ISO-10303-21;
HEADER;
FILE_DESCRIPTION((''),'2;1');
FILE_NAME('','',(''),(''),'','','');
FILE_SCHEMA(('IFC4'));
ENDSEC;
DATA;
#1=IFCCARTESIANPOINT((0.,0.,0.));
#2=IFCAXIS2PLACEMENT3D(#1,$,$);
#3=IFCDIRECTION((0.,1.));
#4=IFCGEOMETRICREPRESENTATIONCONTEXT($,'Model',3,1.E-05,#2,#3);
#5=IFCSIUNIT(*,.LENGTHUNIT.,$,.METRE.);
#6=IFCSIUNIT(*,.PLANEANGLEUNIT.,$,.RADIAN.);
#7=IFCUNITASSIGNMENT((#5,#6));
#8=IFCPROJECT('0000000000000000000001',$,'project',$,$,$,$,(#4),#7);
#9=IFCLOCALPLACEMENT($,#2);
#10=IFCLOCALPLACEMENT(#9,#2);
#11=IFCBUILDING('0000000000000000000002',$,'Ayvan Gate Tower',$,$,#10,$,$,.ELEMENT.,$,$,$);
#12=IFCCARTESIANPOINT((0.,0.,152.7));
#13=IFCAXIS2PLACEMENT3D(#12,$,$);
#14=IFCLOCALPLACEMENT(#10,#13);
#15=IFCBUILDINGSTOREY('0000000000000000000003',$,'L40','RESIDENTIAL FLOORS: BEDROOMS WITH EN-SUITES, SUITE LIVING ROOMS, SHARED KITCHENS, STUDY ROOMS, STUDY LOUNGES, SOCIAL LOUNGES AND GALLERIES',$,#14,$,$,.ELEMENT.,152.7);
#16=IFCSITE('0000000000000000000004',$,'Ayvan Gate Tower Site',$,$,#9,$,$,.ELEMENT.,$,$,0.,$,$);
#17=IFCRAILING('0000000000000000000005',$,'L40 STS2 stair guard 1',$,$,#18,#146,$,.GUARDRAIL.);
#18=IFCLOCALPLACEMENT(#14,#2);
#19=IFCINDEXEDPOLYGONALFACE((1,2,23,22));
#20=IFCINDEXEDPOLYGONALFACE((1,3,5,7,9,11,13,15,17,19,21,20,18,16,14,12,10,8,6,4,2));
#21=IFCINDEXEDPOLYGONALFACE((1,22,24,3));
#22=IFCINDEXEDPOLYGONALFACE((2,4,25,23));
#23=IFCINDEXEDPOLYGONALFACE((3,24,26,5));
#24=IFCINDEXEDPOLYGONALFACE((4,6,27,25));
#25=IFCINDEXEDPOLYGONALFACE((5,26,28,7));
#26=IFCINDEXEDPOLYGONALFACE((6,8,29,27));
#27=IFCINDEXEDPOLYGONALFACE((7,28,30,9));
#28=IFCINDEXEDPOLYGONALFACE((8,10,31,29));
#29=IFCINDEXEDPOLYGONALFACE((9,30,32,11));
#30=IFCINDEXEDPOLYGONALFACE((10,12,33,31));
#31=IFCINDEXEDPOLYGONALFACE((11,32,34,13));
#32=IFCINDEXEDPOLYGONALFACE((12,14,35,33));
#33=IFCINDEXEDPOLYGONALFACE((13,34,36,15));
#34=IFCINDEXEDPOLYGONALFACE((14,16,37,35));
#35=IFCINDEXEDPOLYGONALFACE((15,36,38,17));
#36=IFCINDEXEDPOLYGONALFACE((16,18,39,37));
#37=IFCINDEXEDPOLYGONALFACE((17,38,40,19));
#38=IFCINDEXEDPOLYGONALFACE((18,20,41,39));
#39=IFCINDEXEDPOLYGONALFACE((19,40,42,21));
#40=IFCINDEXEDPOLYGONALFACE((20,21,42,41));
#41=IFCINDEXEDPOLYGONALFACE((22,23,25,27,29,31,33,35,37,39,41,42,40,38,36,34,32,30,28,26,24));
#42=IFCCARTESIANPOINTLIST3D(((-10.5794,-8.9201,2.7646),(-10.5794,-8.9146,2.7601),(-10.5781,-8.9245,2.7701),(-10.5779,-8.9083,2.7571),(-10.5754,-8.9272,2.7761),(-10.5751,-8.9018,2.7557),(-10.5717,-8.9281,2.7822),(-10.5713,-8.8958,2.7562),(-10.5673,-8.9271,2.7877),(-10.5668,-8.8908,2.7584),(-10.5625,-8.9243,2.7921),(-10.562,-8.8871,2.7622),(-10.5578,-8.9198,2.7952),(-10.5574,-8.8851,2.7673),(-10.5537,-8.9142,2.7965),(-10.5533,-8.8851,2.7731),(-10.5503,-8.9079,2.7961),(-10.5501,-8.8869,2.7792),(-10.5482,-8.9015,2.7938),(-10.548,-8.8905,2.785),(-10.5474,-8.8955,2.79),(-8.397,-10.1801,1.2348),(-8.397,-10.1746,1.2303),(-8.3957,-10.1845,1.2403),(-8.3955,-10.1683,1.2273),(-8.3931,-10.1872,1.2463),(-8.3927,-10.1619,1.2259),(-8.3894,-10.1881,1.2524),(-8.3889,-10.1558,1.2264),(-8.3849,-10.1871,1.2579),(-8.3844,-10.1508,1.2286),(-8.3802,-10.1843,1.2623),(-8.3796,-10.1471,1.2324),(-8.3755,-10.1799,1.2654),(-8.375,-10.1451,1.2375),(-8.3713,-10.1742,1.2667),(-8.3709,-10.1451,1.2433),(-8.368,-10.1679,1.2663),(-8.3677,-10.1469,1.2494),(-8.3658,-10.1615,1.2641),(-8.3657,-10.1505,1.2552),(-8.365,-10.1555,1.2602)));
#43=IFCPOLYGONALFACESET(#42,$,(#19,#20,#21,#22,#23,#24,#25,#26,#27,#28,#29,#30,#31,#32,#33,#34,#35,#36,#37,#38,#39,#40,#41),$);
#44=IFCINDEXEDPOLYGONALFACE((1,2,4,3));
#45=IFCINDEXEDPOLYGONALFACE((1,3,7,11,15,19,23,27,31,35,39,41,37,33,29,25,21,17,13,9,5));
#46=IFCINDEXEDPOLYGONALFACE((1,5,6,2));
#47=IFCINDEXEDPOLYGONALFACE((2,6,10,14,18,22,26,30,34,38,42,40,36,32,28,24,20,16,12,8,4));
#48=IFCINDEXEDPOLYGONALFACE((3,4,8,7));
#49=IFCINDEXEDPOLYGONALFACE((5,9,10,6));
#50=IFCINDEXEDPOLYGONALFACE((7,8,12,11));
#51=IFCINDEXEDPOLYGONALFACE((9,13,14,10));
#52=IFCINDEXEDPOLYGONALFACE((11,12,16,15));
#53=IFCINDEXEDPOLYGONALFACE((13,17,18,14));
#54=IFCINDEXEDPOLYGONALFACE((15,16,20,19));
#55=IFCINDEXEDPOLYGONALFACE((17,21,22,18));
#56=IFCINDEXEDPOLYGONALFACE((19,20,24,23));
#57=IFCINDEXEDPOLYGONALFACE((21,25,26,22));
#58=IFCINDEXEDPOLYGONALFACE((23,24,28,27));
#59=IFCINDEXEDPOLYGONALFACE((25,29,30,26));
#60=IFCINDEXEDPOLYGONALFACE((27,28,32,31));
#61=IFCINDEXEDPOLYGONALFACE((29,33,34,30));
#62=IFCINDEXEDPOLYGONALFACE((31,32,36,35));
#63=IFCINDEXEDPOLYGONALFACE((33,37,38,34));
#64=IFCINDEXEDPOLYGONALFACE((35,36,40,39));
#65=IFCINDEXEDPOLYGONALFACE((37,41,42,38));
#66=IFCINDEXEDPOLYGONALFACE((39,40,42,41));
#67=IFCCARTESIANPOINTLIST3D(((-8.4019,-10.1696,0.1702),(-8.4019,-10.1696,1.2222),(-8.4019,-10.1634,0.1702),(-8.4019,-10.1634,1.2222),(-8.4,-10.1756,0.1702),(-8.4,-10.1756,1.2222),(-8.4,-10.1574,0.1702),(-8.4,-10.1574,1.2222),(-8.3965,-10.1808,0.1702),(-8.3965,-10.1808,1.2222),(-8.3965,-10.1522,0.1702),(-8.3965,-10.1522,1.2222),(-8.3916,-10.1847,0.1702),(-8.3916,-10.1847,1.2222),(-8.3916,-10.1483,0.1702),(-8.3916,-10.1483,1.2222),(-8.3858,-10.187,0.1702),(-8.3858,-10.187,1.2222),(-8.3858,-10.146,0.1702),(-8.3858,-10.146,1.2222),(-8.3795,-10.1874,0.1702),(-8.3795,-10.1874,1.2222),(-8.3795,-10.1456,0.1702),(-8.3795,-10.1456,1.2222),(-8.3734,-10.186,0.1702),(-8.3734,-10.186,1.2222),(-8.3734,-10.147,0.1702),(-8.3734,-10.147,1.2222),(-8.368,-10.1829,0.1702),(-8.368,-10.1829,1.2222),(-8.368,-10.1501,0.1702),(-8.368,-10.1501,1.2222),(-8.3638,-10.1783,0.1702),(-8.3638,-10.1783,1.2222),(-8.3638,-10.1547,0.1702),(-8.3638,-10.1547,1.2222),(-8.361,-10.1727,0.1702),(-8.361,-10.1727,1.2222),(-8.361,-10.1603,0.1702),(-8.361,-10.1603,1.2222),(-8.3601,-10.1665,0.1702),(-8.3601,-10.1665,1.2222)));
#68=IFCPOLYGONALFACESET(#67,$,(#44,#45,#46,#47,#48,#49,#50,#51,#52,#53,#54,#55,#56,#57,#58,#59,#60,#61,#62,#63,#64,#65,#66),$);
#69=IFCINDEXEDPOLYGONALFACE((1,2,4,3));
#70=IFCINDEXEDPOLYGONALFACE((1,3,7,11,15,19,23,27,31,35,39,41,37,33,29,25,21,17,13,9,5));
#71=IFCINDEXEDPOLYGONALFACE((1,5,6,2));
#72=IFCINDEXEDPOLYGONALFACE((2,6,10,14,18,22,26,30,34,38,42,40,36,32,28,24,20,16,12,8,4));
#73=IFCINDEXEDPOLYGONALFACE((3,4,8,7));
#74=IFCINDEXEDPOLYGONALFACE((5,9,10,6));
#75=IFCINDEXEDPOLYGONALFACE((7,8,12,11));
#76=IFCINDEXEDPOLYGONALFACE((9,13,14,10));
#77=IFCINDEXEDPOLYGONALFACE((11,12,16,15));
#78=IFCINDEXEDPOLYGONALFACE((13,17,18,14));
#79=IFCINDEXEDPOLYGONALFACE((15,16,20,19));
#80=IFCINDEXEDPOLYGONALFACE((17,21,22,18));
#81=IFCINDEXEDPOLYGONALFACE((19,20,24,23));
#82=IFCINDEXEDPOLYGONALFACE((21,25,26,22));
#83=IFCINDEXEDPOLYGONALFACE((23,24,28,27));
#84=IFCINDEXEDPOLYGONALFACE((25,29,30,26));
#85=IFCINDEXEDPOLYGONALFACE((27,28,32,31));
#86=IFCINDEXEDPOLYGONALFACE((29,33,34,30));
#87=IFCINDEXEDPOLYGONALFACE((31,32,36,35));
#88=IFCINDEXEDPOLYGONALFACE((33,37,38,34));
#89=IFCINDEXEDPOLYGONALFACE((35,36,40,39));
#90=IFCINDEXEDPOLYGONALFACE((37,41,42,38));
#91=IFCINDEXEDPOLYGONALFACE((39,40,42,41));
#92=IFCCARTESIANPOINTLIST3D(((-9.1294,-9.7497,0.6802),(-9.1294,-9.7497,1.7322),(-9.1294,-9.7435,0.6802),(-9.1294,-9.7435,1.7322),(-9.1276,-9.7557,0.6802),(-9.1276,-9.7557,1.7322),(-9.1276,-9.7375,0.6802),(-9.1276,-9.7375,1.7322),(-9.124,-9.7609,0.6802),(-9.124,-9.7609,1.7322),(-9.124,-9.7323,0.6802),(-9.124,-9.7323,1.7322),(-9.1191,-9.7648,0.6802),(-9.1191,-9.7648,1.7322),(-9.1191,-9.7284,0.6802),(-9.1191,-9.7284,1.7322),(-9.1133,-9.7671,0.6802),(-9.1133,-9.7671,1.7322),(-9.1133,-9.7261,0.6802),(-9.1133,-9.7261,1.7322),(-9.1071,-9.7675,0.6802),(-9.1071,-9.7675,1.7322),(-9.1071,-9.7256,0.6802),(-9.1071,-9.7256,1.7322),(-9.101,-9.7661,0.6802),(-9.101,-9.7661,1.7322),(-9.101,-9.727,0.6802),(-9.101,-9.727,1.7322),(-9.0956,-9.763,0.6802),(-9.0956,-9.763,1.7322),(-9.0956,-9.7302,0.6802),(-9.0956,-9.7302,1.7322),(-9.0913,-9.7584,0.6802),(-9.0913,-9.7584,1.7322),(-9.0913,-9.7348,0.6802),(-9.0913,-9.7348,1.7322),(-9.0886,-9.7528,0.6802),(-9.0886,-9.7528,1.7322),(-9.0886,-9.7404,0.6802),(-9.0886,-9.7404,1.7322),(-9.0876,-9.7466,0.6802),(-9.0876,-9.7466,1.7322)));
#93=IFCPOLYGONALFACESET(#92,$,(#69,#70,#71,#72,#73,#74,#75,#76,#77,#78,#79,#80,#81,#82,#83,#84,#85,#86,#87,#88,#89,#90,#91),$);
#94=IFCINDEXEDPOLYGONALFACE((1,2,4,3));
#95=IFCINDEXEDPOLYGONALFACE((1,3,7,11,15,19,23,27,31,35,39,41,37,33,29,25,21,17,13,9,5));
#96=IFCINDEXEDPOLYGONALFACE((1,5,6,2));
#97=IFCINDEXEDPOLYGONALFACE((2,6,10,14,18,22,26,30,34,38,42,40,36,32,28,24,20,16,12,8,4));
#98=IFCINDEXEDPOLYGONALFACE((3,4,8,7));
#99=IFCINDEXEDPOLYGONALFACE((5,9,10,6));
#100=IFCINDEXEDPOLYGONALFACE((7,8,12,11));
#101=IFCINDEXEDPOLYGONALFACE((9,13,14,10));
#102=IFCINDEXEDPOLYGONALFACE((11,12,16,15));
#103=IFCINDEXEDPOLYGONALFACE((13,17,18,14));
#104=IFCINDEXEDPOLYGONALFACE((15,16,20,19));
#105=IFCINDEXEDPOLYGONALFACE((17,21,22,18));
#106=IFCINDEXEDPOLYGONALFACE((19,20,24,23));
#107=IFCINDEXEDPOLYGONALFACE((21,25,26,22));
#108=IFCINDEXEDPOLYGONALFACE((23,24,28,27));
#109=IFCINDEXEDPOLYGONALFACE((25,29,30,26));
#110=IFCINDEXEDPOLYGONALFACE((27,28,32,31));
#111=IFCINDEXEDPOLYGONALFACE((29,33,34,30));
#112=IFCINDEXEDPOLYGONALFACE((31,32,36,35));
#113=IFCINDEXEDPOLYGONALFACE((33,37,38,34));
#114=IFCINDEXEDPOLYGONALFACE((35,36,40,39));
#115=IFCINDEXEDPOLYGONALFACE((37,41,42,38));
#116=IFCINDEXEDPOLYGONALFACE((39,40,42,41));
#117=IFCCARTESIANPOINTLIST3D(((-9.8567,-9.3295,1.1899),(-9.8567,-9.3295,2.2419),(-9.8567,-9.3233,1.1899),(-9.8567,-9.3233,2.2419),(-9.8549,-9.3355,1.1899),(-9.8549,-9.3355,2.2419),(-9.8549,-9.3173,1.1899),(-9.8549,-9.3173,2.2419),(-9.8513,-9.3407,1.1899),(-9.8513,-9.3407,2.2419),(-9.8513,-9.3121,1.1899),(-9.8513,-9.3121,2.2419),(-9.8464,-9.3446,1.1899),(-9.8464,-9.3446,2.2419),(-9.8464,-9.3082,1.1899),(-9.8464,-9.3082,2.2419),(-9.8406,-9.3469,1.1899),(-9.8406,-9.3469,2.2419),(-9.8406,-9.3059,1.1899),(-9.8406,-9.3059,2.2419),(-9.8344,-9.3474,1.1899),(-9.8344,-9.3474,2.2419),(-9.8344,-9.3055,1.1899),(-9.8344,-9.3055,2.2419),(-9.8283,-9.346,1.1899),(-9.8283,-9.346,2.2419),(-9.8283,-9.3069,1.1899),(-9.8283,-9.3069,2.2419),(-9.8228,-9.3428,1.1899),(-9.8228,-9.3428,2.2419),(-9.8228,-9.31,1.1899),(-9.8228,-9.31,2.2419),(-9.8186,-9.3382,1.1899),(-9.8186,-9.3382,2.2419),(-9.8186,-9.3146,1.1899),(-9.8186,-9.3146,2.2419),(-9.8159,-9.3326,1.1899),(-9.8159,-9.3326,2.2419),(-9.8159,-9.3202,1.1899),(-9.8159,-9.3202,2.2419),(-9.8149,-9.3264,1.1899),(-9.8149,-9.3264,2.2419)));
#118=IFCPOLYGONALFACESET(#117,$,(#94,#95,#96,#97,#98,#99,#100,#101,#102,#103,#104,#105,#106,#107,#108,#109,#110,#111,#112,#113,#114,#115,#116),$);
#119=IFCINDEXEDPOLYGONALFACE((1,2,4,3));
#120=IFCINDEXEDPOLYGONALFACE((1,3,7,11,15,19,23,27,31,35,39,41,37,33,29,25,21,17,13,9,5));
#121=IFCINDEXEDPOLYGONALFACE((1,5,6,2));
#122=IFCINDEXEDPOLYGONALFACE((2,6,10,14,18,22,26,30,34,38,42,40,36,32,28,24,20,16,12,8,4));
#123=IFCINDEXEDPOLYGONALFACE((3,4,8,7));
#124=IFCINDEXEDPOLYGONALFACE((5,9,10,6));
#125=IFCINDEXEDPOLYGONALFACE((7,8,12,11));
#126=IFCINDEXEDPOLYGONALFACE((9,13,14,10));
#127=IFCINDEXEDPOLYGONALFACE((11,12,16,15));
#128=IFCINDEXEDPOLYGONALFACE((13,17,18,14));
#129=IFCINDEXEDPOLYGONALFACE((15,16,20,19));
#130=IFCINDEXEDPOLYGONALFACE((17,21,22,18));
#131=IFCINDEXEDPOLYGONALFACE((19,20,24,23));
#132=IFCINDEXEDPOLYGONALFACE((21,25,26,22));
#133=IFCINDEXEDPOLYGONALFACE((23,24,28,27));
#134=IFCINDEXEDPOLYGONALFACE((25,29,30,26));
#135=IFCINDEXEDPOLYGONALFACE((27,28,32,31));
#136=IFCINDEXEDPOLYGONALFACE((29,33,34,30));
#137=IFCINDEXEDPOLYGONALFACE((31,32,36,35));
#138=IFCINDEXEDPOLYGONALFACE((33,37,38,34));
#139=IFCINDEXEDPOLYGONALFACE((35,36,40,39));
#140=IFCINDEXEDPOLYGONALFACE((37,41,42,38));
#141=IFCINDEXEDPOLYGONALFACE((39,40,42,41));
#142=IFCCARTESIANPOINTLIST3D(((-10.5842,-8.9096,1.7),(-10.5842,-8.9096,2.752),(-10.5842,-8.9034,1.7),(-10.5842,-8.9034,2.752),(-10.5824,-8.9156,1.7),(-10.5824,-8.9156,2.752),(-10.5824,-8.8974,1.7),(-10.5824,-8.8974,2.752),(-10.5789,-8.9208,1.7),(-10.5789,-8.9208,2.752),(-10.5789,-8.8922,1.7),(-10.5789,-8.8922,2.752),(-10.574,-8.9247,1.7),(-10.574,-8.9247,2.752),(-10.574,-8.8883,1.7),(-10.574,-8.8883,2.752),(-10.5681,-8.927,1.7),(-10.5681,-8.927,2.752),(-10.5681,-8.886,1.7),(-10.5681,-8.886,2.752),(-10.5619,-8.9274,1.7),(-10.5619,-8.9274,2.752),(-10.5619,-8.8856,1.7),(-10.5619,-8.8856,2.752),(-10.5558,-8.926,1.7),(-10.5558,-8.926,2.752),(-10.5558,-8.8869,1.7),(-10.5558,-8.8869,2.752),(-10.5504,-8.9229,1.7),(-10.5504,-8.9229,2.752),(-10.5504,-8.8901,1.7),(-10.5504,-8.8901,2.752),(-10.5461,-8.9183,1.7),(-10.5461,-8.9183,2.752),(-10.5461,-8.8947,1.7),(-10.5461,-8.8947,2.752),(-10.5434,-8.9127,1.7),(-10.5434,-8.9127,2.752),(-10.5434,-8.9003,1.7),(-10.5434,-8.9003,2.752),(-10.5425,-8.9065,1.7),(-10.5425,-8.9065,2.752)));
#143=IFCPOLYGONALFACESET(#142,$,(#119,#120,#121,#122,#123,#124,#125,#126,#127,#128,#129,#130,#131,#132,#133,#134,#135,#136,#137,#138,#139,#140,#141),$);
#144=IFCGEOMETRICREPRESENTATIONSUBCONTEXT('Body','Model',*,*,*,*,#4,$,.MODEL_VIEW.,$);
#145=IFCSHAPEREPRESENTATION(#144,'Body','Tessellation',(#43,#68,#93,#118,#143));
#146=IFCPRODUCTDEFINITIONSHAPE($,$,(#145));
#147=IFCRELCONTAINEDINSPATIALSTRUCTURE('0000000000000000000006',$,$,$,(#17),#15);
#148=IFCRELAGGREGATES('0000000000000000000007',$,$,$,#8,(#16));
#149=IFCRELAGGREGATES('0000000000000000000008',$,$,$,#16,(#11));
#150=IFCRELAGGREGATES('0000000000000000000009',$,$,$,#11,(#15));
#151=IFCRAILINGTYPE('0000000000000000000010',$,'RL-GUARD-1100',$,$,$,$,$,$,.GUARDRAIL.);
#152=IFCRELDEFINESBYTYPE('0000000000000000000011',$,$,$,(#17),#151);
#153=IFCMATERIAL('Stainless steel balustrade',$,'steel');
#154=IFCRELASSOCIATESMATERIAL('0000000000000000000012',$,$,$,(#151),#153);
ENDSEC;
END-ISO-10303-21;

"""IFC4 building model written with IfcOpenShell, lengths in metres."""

from ifc_helpers import new_model, si_unit, direction, frame, origin, origin_2d, place, context, subcontext, project, spatial, circle, extrude, material, type_object, element, save


model = new_model("IFC4")

# Units and contexts
model_context = context("Model", 3, precision=1e-05, world=origin(), true_north=direction((0.0, 1.0)))
body_context = subcontext(model_context, "Body", "Model", "MODEL_VIEW")
ifc_project = project(units=[si_unit("LENGTHUNIT", "METRE"), si_unit("PLANEANGLEUNIT", "RADIAN")], contexts=[model_context])

# Site, building, storey
site_placement = place(None, origin())
site = spatial("IfcSite", under=ifc_project, at=site_placement, Name="Ayvan Gate Tower Site", CompositionType="ELEMENT", RefElevation=0.0)
building_placement = place(site_placement, origin())
building = spatial("IfcBuilding", under=site, at=building_placement, Name="Ayvan Gate Tower", CompositionType="ELEMENT")
storey_placement = place(building_placement, frame((0.0, 0.0, 152.7)))
storey = spatial("IfcBuildingStorey", under=building, at=storey_placement, Name="L40", Description="RESIDENTIAL FLOORS: BEDROOMS WITH EN-SUITES, SUITE LIVING ROOMS, SHARED KITCHENS, STUDY ROOMS, STUDY LOUNGES, SOCIAL LOUNGES AND GALLERIES", CompositionType="ELEMENT", Elevation=152.7)

# Railing
ifc_material_1 = material(Name="Stainless steel balustrade", Category="steel")
railing_type_1 = type_object("IfcRailingType", Name="RL-GUARD-1100", PredefinedType="GUARDRAIL", material=ifc_material_1)
railing_1_placement = place(storey_placement, frame((-8.3811, -10.1665, 0.1702)))
element("IfcRailing", 1, at=railing_1_placement, inside=storey, type_object=railing_type_1, Name="L40 STS2 stair guard 1", PredefinedType="GUARDRAIL", context=body_context, shape_type="SweptSolid", body=[
    extrude(circle(Radius=0.0239, at=origin_2d()), frame((0.0, 0.0, 1.0762), z_axis=(-0.740293, 0.427414, 0.518926), x_axis=(-0.500005, -0.866023, 0.0)), (0.0, 0.0, 1.0), 2.948),
    extrude(circle(Radius=0.021, at=origin_2d()), origin(), (0.0, 0.0, 1.0), 1.052),
    extrude(circle(Radius=0.021, at=origin_2d()), frame((-0.7275, 0.4199, 0.51)), (0.0, 0.0, 1.0), 1.052),
    extrude(circle(Radius=0.021, at=origin_2d()), frame((-1.4548, 0.8401, 1.0198)), (0.0, 0.0, 1.0), 1.052),
    extrude(circle(Radius=0.021, at=origin_2d()), frame((-2.1824, 1.26, 1.5298)), (0.0, 0.0, 1.0), 1.052),
])

save(model, "model.ifc")
